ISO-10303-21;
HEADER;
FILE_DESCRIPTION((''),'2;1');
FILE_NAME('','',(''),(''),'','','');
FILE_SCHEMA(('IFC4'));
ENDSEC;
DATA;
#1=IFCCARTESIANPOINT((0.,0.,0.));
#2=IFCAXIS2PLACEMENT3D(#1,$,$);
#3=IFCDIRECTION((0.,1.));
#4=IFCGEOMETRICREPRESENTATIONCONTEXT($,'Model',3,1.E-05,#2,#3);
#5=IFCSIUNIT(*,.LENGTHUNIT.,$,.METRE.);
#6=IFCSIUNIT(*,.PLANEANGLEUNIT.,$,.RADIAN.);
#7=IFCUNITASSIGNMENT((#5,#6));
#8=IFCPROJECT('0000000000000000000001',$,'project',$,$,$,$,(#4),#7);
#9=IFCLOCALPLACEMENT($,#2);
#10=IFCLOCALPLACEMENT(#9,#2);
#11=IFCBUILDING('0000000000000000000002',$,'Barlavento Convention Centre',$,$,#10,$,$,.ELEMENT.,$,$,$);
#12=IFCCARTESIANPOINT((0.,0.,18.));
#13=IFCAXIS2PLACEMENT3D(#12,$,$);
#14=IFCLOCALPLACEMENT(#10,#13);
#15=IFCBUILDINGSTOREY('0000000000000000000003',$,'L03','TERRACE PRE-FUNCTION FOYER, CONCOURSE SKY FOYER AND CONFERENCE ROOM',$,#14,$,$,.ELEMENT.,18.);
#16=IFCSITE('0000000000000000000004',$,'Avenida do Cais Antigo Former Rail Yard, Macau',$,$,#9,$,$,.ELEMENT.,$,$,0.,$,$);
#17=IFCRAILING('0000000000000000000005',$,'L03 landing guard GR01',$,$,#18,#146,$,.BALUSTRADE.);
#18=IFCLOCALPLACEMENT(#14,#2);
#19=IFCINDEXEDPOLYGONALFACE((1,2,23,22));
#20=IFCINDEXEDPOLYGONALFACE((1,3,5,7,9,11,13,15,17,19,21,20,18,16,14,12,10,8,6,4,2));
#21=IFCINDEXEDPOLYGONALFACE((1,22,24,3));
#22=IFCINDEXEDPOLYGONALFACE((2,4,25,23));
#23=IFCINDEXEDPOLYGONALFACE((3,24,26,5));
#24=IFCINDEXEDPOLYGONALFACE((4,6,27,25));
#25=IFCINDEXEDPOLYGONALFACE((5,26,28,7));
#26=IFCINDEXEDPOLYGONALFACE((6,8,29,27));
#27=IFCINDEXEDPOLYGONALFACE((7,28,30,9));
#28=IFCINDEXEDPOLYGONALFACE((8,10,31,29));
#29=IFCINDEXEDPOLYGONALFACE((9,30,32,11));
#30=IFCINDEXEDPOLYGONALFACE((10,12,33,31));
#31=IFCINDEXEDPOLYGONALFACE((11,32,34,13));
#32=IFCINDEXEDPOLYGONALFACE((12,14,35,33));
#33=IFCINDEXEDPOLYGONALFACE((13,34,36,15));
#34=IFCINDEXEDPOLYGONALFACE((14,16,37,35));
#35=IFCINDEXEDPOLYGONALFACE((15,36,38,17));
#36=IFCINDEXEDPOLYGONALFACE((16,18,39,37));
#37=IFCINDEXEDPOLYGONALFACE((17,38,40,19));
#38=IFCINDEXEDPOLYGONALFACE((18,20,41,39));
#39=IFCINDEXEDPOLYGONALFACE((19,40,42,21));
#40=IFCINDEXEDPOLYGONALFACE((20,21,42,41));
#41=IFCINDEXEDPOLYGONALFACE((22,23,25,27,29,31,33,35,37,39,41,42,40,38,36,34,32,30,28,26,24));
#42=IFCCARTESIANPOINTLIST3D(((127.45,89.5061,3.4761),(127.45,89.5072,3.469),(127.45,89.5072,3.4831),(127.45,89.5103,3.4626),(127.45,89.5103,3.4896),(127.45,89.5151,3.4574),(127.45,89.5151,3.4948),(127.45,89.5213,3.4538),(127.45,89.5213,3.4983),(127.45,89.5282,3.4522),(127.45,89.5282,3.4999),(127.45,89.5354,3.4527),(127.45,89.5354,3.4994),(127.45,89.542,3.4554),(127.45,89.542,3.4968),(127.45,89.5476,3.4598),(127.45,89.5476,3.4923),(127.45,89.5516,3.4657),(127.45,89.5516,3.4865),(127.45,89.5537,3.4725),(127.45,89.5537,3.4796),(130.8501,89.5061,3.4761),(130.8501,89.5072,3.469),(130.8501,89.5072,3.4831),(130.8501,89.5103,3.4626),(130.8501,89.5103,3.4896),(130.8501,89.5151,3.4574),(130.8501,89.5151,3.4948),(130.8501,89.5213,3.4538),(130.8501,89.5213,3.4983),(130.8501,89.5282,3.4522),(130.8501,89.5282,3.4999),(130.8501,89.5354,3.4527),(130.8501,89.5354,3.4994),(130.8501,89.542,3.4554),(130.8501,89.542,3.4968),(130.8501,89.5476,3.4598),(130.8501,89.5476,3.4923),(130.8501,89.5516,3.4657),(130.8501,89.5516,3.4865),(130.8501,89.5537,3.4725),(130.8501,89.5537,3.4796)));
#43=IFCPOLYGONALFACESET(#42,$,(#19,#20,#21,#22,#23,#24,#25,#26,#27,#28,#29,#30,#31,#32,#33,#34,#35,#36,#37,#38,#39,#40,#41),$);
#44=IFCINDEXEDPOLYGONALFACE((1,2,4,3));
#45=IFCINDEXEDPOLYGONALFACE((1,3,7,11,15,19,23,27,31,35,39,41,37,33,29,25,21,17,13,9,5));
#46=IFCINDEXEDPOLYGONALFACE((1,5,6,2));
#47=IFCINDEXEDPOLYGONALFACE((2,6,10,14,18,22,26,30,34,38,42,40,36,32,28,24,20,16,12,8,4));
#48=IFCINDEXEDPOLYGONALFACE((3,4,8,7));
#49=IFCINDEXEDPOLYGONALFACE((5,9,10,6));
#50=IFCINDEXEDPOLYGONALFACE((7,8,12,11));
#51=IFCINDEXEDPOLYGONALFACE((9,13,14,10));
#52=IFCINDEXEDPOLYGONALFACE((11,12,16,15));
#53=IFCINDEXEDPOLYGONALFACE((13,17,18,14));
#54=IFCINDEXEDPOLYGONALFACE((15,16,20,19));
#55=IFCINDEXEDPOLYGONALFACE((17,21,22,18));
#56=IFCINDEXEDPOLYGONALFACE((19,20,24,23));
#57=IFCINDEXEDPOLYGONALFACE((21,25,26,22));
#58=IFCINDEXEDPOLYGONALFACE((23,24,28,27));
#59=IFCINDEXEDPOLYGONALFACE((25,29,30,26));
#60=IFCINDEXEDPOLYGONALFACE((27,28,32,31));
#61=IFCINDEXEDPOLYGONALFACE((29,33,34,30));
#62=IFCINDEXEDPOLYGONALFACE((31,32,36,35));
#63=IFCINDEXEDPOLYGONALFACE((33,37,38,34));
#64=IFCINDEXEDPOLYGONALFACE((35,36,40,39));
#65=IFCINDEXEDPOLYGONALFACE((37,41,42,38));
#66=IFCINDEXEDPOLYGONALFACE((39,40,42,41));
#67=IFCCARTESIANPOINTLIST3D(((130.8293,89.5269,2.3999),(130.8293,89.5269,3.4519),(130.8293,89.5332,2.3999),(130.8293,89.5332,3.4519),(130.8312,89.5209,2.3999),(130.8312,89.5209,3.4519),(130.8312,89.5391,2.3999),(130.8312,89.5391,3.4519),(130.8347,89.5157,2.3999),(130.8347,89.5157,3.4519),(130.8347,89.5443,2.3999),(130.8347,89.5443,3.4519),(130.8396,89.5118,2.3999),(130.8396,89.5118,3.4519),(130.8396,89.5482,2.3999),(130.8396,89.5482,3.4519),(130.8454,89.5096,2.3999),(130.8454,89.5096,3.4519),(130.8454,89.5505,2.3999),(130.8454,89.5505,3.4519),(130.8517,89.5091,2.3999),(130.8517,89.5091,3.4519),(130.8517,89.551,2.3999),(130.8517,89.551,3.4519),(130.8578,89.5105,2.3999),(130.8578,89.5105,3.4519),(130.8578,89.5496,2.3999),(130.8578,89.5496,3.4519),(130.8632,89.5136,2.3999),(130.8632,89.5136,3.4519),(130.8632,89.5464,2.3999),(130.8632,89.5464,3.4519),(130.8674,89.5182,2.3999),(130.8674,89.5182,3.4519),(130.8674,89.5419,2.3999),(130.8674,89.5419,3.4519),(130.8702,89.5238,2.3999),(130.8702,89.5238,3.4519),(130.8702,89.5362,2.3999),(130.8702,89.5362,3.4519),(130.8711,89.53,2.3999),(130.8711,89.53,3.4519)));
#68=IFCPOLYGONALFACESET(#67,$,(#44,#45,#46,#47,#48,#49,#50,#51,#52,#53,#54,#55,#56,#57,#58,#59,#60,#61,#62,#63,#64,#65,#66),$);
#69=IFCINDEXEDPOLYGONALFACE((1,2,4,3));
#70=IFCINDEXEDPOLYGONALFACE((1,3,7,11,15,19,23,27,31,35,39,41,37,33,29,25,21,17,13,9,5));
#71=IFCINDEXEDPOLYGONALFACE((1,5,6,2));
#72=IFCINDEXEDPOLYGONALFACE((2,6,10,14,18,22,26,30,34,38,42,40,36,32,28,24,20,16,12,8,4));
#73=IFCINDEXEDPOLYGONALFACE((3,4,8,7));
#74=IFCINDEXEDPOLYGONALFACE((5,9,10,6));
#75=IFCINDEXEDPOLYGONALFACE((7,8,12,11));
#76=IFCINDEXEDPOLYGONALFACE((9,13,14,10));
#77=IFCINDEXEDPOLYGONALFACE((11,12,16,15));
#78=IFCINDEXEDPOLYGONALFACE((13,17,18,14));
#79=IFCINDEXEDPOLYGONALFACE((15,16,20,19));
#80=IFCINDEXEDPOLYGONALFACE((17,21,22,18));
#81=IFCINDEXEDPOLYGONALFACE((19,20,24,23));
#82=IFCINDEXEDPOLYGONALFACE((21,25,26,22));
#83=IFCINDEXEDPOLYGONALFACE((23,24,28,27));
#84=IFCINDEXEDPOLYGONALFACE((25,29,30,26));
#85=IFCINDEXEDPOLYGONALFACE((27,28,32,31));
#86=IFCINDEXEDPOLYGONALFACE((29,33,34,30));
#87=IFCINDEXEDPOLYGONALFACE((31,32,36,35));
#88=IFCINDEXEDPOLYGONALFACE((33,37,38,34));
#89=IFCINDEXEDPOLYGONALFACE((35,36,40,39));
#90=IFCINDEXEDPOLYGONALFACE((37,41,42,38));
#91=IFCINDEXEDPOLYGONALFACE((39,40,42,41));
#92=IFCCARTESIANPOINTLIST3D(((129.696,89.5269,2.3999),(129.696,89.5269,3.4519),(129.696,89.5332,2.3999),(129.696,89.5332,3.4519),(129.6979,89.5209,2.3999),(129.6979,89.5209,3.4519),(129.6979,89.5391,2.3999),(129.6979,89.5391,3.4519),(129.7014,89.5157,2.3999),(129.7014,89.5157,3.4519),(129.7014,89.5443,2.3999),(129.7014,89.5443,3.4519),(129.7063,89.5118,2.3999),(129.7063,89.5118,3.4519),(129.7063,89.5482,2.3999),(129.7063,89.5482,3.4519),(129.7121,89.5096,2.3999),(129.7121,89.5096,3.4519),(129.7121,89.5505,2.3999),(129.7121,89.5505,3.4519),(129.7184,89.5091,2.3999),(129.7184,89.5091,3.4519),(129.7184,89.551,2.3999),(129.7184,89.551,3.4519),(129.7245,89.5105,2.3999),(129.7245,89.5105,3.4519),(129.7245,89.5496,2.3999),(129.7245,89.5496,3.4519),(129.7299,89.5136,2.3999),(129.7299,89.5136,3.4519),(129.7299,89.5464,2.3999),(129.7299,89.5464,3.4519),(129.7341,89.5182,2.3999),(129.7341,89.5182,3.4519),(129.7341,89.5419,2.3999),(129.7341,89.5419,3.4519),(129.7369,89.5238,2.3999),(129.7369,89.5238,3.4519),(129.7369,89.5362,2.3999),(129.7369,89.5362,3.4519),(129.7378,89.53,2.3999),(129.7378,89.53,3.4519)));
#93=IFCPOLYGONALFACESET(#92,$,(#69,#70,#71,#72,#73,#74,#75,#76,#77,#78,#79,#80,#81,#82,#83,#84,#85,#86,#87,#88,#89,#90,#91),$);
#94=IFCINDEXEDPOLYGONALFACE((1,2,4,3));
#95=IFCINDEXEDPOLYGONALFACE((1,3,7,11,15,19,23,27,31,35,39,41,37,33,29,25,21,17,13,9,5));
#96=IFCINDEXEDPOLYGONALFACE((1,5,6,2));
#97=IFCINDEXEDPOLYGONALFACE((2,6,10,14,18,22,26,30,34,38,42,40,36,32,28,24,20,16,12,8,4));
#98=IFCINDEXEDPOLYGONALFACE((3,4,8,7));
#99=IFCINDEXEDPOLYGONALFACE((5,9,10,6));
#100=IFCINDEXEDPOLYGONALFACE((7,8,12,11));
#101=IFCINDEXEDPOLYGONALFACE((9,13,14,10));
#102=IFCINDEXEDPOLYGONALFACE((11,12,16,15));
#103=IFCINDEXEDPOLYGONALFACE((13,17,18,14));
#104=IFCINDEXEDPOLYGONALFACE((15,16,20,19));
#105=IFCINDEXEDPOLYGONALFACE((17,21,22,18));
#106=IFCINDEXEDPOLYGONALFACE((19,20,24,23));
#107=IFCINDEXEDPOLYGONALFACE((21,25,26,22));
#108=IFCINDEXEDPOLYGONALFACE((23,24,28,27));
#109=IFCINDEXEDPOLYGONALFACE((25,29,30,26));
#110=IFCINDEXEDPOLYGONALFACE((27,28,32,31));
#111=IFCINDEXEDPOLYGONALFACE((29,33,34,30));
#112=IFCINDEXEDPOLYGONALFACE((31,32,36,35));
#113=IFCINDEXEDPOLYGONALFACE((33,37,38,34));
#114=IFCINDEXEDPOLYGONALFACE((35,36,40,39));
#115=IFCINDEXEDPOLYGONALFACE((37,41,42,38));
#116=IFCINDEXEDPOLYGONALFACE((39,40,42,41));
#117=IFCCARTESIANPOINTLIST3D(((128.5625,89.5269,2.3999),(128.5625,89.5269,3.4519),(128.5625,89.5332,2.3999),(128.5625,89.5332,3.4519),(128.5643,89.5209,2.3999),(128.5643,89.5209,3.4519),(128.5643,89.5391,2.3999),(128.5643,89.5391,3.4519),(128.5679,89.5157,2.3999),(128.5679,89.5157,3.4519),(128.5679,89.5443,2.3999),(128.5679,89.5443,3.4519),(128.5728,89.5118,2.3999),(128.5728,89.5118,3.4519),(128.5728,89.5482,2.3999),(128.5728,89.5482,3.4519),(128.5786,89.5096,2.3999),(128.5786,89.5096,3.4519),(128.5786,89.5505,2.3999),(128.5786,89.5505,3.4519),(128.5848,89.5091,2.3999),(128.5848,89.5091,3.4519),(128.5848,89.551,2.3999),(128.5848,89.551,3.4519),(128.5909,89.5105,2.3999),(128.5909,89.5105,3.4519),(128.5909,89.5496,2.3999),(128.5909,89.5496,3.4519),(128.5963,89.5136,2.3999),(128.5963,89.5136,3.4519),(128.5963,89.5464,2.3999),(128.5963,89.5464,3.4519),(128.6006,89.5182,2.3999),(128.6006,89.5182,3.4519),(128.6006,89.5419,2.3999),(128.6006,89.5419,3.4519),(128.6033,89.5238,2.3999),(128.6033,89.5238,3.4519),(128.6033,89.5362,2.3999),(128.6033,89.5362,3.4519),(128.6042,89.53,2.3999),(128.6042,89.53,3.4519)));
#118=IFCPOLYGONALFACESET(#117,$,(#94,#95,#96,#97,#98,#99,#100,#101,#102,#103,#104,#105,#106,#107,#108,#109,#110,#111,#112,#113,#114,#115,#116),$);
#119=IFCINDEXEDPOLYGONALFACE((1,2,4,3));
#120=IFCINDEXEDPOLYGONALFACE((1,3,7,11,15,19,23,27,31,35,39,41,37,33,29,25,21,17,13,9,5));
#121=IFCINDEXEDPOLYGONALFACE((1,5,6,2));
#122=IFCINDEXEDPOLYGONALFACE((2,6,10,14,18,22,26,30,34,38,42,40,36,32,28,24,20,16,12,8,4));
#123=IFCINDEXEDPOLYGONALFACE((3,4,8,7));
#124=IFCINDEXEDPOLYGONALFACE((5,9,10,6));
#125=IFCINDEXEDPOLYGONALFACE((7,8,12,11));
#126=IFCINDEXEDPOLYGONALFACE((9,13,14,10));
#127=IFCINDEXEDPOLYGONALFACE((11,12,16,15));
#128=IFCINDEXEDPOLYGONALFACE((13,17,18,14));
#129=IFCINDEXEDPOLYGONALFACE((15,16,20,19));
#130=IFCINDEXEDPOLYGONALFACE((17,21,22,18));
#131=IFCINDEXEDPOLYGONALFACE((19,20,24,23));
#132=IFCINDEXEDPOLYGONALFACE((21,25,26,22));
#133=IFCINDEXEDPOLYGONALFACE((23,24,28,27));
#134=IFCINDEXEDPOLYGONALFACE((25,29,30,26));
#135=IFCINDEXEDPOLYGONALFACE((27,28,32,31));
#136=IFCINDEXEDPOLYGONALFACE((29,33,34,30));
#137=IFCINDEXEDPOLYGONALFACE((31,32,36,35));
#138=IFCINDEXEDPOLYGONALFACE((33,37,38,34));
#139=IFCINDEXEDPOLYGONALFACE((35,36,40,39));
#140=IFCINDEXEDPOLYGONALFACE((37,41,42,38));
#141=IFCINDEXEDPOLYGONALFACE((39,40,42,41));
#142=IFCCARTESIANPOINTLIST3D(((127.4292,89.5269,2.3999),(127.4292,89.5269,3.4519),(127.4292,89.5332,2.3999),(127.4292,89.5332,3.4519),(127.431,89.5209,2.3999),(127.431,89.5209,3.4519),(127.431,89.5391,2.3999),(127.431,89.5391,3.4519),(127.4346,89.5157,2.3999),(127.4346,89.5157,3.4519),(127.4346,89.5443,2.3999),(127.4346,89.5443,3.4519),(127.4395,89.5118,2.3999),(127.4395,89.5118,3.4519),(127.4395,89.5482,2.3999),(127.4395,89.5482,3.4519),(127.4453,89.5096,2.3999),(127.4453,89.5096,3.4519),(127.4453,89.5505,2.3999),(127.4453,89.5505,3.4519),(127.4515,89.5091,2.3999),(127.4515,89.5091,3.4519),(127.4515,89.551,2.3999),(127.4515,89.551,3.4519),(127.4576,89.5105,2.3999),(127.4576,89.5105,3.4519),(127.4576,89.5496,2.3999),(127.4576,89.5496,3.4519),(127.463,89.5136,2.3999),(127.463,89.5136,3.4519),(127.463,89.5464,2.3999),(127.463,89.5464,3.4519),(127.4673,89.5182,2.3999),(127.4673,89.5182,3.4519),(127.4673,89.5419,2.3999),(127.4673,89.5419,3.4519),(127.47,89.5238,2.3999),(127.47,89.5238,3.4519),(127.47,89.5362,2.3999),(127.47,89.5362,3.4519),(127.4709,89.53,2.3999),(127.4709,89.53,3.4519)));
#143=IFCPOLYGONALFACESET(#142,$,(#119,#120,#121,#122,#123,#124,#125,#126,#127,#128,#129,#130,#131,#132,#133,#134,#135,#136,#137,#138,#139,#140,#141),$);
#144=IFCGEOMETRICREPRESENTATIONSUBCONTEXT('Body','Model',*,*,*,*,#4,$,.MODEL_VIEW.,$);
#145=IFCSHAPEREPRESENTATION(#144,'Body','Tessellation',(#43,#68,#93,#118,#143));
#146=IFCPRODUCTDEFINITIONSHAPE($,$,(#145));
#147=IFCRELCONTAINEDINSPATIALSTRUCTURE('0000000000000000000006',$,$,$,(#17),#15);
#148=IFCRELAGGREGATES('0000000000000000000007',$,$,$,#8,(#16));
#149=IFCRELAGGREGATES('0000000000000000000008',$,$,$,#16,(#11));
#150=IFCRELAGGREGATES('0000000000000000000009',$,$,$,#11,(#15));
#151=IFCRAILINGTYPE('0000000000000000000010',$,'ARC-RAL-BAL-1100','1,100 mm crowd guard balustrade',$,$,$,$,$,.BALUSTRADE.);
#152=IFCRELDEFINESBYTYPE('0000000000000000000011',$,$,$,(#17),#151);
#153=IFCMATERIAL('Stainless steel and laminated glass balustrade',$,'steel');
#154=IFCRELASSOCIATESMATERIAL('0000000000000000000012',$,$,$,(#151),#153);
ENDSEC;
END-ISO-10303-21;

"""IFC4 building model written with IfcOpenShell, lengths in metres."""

from ifc_helpers import new_model, si_unit, direction, frame, origin, origin_2d, place, context, subcontext, project, spatial, circle, extrude, material, type_object, element, save


model = new_model("IFC4")

# Units and contexts
model_context = context("Model", 3, precision=1e-05, world=origin(), true_north=direction((0.0, 1.0)))
body_context = subcontext(model_context, "Body", "Model", "MODEL_VIEW")
ifc_project = project(units=[si_unit("LENGTHUNIT", "METRE"), si_unit("PLANEANGLEUNIT", "RADIAN")], contexts=[model_context])

# Site, building, storey
site_placement = place(None, origin())
site = spatial("IfcSite", under=ifc_project, at=site_placement, Name="Avenida do Cais Antigo Former Rail Yard, Macau", CompositionType="ELEMENT", RefElevation=0.0)
building_placement = place(site_placement, origin())
building = spatial("IfcBuilding", under=site, at=building_placement, Name="Barlavento Convention Centre", CompositionType="ELEMENT")
storey_placement = place(building_placement, frame((0.0, 0.0, 18.0)))
storey = spatial("IfcBuildingStorey", under=building, at=storey_placement, Name="L03", Description="TERRACE PRE-FUNCTION FOYER, CONCOURSE SKY FOYER AND CONFERENCE ROOM", CompositionType="ELEMENT", Elevation=18.0)

# Railing
ifc_material_1 = material(Name="Stainless steel and laminated glass balustrade", Category="steel")
railing_type_1 = type_object("IfcRailingType", Name="ARC-RAL-BAL-1100", Description="1,100 mm crowd guard balustrade", PredefinedType="BALUSTRADE", material=ifc_material_1)
railing_1_placement = place(storey_placement, frame((130.8501, 89.53, 2.3999)))
element("IfcRailing", 1, at=railing_1_placement, inside=storey, type_object=railing_type_1, Name="L03 landing guard GR01", PredefinedType="BALUSTRADE", context=body_context, shape_type="SweptSolid", body=[
    extrude(circle(Radius=0.0239, at=origin_2d()), frame((0.0, 0.0, 1.0762), z_axis=(-1.0, 0.0, 0.0), x_axis=(0.0, -1.0, 0.0)), (0.0, 0.0, 1.0), 3.4001),
    extrude(circle(Radius=0.021, at=origin_2d()), origin(), (0.0, 0.0, 1.0), 1.052),
    extrude(circle(Radius=0.021, at=origin_2d()), frame((-1.1333, 0.0, 0.0)), (0.0, 0.0, 1.0), 1.052),
    extrude(circle(Radius=0.021, at=origin_2d()), frame((-2.2668, 0.0, 0.0)), (0.0, 0.0, 1.0), 1.052),
    extrude(circle(Radius=0.021, at=origin_2d()), frame((-3.4001, 0.0, 0.0)), (0.0, 0.0, 1.0), 1.052),
])

save(model, "model.ifc")
